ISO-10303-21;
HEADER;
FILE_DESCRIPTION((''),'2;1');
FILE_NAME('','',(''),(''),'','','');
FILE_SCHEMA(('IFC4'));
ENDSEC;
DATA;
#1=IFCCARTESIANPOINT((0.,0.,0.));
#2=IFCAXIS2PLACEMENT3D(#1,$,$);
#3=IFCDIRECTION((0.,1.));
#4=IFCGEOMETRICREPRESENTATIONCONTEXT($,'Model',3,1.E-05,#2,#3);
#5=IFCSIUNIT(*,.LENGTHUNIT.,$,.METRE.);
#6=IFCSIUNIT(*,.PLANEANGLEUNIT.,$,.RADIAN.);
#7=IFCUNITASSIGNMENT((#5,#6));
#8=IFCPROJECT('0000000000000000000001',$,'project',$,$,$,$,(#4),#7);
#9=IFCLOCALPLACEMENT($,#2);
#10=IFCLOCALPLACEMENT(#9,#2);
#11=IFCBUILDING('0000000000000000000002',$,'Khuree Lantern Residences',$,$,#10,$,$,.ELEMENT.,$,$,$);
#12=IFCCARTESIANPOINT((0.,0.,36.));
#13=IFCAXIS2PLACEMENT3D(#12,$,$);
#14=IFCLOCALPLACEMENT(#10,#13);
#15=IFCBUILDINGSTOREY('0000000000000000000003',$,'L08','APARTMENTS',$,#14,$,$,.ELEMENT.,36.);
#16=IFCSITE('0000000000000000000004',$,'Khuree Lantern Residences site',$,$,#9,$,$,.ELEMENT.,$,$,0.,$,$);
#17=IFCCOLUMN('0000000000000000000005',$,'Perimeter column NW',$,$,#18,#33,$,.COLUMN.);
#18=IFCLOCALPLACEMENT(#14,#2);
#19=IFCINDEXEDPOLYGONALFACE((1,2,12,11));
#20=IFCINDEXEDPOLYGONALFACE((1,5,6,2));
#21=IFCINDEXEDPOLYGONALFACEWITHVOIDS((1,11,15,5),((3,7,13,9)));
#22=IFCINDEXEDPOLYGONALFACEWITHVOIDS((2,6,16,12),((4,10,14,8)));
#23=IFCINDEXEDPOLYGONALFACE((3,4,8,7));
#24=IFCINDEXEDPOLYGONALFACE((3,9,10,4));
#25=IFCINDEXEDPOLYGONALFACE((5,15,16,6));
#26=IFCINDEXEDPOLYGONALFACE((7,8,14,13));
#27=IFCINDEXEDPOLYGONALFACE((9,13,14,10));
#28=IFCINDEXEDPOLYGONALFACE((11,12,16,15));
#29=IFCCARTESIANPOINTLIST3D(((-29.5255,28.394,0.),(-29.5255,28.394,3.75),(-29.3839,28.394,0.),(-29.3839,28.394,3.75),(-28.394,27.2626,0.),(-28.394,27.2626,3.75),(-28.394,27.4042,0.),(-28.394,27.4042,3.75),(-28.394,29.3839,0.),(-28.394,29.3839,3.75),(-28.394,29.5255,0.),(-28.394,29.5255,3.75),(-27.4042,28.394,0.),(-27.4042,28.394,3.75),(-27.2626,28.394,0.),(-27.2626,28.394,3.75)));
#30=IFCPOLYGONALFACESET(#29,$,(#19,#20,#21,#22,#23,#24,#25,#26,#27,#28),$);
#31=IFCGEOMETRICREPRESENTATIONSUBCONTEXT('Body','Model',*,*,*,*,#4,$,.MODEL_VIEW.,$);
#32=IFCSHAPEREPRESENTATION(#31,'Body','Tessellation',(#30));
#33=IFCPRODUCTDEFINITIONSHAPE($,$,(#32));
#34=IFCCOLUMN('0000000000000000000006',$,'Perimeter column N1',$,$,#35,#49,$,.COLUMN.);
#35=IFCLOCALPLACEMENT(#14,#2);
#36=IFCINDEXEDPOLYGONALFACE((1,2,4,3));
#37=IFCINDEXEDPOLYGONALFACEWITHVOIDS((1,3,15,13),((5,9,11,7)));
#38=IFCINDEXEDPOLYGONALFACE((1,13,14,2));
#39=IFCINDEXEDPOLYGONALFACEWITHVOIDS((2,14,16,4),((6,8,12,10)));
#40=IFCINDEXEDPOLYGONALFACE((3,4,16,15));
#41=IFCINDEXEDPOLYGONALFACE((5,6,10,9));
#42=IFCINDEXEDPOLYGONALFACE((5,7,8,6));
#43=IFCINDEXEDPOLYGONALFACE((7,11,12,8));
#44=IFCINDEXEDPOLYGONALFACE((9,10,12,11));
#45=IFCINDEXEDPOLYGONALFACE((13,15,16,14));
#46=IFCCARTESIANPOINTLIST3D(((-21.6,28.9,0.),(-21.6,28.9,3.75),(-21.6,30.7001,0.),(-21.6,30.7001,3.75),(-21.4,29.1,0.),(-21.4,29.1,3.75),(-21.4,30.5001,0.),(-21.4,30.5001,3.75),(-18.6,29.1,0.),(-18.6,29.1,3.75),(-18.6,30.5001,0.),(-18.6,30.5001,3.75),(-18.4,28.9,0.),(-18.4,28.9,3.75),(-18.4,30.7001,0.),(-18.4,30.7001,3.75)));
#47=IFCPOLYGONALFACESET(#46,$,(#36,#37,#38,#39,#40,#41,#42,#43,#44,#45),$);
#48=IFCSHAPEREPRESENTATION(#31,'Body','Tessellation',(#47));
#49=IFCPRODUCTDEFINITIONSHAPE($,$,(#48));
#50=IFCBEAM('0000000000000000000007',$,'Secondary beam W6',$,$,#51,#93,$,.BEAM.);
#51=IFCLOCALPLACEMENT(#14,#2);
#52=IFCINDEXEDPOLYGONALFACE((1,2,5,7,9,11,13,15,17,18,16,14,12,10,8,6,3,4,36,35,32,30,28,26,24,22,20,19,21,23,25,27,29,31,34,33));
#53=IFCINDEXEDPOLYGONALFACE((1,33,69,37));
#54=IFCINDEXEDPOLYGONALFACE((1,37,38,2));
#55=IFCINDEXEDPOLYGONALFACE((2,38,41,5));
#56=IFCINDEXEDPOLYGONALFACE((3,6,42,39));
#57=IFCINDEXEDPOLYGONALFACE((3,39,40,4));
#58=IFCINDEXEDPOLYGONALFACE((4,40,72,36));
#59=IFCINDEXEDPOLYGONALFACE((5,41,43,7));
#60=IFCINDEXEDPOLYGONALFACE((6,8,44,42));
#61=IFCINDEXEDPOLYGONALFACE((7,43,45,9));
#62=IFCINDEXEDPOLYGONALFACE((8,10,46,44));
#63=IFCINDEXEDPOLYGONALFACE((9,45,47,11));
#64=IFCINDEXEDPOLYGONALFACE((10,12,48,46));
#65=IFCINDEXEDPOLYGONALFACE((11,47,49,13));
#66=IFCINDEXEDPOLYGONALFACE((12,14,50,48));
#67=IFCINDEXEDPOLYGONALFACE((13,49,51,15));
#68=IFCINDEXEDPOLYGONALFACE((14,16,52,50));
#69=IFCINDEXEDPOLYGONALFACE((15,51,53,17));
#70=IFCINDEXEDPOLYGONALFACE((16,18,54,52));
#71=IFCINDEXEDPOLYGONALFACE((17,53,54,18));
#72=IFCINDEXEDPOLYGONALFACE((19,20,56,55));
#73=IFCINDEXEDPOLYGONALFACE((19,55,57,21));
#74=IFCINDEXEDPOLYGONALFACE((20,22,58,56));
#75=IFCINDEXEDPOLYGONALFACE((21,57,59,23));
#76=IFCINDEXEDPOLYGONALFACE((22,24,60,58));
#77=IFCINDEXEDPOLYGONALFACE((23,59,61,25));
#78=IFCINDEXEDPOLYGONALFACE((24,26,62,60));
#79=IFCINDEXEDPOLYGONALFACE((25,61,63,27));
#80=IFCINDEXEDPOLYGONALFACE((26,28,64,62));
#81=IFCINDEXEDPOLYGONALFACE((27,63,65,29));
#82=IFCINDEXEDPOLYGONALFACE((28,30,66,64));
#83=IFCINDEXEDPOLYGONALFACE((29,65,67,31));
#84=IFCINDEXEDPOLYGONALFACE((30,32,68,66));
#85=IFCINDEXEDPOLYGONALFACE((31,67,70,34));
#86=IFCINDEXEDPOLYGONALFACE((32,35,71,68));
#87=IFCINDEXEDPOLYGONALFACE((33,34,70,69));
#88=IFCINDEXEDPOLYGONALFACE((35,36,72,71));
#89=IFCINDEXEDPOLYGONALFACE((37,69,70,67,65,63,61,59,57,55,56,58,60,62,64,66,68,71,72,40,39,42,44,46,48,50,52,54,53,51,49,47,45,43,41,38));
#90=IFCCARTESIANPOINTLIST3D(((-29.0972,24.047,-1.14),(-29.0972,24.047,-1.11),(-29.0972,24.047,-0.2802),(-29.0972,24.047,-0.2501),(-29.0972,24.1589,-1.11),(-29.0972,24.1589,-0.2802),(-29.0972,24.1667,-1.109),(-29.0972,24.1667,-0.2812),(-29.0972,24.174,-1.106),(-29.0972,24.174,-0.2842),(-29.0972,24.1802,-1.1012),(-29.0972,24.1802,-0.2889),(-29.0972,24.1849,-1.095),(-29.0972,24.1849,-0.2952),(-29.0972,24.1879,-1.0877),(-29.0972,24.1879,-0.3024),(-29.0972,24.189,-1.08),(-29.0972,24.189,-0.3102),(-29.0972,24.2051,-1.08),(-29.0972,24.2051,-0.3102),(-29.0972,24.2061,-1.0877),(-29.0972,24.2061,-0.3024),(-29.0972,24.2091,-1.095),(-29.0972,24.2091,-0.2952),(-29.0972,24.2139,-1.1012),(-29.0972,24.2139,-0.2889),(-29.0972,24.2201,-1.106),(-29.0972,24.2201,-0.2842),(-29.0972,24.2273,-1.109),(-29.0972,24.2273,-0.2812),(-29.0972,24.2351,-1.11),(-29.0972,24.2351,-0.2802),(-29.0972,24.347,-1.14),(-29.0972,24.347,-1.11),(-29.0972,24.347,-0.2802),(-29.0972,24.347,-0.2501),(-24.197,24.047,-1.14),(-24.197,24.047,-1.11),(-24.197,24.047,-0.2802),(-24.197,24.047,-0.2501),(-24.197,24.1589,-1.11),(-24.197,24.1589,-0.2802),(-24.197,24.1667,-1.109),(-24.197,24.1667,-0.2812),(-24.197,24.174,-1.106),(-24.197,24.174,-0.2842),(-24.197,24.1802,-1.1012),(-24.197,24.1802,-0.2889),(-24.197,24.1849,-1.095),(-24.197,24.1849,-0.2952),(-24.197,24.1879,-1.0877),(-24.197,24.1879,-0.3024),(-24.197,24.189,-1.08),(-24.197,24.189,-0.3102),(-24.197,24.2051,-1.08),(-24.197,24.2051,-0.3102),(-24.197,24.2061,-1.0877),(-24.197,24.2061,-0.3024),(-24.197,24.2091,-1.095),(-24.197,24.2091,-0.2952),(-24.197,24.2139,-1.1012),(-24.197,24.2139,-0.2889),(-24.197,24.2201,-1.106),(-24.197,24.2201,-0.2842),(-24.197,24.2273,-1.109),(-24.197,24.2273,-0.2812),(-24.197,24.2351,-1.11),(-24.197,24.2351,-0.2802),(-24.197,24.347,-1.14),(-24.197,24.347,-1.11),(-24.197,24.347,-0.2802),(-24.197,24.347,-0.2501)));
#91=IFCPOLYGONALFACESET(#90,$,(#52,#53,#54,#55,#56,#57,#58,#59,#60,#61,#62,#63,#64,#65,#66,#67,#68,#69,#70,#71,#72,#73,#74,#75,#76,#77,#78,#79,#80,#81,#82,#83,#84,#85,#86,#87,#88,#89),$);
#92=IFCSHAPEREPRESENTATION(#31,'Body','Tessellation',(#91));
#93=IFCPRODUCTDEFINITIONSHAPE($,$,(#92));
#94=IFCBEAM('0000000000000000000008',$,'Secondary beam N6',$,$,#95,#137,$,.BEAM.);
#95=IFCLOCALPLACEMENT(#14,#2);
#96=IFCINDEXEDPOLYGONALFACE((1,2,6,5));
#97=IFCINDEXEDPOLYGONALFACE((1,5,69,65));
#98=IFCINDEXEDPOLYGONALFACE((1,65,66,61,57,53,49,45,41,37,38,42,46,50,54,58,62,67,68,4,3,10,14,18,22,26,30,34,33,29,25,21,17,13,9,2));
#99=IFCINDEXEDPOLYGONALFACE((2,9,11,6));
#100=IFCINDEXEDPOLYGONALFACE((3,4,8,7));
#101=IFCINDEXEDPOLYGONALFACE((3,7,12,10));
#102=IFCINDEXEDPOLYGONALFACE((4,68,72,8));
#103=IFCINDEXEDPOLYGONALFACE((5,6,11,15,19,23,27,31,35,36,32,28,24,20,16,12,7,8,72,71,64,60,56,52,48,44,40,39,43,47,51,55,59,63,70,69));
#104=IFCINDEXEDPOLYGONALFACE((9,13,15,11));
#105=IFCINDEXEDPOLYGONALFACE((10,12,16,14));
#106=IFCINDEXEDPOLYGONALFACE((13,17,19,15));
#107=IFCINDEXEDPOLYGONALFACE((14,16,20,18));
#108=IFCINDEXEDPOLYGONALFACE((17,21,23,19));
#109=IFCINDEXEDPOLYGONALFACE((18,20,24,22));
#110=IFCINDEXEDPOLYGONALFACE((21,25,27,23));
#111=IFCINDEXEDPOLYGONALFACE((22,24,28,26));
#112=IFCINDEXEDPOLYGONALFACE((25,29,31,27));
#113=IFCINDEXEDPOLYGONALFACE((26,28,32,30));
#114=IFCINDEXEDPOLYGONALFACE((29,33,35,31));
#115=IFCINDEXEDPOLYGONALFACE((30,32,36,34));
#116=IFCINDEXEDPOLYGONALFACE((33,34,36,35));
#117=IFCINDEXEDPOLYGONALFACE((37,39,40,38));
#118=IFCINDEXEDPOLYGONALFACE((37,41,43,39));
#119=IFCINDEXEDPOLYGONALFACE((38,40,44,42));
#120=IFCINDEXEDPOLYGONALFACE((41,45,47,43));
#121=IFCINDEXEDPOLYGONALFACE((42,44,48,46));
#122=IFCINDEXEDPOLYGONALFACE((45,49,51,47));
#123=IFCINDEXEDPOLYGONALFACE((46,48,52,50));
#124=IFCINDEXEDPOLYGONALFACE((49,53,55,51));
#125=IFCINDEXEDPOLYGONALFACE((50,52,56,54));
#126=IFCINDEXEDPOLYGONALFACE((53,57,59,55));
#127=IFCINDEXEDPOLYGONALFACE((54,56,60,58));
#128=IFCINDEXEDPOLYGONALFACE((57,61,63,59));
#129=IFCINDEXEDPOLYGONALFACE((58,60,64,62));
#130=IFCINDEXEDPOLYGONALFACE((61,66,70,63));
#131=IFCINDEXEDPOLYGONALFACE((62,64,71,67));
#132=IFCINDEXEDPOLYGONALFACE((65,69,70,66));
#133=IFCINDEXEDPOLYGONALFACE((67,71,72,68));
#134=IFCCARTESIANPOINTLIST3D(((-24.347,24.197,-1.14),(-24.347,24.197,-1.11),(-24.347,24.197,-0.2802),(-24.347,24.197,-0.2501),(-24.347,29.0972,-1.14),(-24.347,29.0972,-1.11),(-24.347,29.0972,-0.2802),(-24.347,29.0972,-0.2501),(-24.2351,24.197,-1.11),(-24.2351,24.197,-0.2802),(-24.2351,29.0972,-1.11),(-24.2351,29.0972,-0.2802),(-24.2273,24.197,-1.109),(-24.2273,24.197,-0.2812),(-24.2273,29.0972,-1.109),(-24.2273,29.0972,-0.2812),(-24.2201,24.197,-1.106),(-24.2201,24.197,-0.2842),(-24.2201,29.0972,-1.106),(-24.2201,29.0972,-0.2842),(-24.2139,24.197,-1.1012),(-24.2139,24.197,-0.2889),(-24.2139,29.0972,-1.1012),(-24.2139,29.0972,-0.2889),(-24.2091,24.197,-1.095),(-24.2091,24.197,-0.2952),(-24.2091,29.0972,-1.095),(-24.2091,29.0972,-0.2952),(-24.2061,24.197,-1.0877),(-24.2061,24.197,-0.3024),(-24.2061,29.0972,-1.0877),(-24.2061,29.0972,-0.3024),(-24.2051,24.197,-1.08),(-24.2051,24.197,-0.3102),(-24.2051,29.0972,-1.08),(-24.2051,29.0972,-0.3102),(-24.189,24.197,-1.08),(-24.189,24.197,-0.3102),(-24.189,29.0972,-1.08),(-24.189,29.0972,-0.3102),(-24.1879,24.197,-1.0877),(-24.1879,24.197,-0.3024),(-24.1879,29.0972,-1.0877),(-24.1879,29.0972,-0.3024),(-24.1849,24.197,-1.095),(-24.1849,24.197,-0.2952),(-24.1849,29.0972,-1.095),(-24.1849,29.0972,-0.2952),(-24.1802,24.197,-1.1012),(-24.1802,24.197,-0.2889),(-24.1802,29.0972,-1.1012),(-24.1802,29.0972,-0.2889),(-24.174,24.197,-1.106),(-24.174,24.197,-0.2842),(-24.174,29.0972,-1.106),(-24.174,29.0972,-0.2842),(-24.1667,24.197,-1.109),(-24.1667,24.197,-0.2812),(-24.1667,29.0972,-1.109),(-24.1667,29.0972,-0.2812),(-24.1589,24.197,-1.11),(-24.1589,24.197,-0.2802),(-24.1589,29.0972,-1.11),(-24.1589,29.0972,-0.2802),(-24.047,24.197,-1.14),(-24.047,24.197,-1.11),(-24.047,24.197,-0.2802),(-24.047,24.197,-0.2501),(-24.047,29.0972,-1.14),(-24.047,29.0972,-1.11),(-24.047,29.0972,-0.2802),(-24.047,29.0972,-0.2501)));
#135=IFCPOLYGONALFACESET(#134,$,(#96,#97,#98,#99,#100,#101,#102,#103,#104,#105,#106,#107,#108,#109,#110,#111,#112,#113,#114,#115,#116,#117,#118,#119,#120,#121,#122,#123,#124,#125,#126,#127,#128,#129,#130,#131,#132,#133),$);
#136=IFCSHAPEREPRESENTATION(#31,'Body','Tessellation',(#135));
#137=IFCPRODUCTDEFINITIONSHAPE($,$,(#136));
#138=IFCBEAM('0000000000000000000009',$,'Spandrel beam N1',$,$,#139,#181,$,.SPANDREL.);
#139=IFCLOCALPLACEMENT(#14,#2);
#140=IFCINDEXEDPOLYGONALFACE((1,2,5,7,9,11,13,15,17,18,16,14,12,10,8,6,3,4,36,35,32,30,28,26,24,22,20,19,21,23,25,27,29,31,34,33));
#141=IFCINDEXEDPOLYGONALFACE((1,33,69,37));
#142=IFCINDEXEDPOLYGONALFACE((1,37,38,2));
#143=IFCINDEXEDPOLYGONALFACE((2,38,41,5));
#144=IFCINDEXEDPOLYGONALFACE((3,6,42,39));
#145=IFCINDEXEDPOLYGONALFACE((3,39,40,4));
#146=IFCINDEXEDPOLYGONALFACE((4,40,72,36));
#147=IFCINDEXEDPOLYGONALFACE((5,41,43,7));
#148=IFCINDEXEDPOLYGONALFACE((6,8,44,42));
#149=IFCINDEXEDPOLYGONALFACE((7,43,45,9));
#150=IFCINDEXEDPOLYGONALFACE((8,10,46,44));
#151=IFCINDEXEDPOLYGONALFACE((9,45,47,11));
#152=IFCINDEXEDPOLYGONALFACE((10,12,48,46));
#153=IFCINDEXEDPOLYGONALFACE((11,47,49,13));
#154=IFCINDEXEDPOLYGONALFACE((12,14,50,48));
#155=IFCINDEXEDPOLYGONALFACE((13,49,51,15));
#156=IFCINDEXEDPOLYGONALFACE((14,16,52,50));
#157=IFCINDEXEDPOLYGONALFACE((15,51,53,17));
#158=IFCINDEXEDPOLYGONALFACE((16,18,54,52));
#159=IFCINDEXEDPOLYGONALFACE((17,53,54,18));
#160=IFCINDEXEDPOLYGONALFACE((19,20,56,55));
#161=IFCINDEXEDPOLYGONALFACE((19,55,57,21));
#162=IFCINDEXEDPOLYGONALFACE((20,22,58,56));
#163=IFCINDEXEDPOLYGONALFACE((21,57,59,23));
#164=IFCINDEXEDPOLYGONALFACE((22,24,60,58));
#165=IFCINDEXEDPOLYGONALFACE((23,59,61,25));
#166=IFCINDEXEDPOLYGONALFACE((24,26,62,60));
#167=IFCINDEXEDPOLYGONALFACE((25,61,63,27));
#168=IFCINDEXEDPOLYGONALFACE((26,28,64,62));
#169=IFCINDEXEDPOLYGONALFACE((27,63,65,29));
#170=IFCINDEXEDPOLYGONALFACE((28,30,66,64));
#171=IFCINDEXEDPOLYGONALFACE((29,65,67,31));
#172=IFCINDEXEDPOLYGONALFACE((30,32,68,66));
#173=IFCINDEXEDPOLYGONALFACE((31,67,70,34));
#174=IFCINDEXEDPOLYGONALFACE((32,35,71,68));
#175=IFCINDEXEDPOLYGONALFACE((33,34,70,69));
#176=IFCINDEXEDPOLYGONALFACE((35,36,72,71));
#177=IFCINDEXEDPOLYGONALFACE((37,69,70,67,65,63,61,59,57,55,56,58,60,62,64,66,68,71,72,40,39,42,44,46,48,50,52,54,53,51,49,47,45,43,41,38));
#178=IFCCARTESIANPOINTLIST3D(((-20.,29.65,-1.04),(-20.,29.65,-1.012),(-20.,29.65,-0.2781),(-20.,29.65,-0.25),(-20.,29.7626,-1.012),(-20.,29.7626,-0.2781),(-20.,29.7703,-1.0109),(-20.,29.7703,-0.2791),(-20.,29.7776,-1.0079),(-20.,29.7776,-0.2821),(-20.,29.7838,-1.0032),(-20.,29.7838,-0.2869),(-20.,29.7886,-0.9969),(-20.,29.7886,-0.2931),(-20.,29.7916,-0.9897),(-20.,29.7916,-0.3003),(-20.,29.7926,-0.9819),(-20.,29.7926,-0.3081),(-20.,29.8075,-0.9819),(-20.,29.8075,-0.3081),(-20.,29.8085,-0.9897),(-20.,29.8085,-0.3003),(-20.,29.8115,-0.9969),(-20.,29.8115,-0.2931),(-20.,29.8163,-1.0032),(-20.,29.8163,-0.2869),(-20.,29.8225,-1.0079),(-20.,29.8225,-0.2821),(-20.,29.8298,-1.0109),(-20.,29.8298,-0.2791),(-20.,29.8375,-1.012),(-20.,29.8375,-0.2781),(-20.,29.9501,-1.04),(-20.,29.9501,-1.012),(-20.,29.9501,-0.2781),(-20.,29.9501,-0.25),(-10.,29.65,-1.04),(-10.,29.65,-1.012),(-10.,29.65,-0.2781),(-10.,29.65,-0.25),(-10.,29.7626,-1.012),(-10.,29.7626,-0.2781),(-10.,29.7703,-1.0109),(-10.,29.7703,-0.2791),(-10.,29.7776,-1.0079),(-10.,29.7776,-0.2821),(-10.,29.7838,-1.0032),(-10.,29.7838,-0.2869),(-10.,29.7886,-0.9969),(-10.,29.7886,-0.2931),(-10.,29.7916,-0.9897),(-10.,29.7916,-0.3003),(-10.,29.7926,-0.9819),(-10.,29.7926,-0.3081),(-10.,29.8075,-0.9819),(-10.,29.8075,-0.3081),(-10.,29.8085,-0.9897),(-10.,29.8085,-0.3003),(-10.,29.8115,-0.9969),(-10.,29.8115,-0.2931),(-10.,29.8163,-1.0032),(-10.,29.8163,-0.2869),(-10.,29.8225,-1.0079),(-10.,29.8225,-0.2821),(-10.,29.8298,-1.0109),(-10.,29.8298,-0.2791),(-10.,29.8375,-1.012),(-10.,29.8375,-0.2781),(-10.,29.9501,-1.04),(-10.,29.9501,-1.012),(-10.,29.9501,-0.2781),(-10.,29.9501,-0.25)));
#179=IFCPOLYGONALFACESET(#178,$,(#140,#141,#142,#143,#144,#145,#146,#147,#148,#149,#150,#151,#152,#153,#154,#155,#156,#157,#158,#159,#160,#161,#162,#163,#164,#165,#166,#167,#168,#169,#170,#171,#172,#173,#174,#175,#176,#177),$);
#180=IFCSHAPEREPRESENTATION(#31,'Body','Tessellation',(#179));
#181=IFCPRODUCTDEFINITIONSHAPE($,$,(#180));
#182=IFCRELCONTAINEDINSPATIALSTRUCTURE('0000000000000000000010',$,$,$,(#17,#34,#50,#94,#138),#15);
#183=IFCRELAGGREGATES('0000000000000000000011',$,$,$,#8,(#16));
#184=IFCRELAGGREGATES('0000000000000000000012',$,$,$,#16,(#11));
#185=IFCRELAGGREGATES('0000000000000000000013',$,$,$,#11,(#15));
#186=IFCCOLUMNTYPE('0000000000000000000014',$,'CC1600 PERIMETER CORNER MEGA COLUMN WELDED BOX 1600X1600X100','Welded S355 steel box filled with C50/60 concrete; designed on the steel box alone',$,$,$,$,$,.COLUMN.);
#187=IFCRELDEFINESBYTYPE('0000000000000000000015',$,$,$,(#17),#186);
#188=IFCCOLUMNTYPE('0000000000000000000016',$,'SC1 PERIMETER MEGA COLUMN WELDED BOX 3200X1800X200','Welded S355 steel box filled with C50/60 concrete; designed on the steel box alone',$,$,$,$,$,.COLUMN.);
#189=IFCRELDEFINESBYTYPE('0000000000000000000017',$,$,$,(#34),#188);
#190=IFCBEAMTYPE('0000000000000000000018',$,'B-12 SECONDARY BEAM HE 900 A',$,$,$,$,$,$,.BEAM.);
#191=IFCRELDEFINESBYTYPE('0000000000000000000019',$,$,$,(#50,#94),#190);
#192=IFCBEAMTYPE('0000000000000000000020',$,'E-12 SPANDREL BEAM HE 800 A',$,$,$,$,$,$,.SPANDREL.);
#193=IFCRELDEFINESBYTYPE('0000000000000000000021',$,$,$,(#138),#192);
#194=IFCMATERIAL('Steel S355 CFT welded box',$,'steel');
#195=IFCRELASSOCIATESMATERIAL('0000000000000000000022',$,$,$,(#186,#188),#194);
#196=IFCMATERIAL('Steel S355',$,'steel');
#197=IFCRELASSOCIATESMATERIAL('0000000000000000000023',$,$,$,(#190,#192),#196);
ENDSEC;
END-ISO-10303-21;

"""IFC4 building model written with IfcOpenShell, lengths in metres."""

from ifc_helpers import new_model, si_unit, direction, frame, origin, origin_2d, place, context, subcontext, project, spatial, hollow_rectangle, i_section, extrude, material, material_profile, profile_set, type_object, element, save


model = new_model("IFC4")

# Units and contexts
model_context = context("Model", 3, precision=1e-05, world=origin(), true_north=direction((0.0, 1.0)))
body_context = subcontext(model_context, "Body", "Model", "MODEL_VIEW")
ifc_project = project(units=[si_unit("LENGTHUNIT", "METRE"), si_unit("PLANEANGLEUNIT", "RADIAN")], contexts=[model_context])

# Site, building, storey
site_placement = place(None, origin())
site = spatial("IfcSite", under=ifc_project, at=site_placement, Name="Khuree Lantern Residences site", CompositionType="ELEMENT", RefElevation=0.0)
building_placement = place(site_placement, origin())
building = spatial("IfcBuilding", under=site, at=building_placement, Name="Khuree Lantern Residences", CompositionType="ELEMENT")
storey_placement = place(building_placement, frame((0.0, 0.0, 36.0)))
storey = spatial("IfcBuildingStorey", under=building, at=storey_placement, Name="L08", Description="APARTMENTS", CompositionType="ELEMENT", Elevation=36.0)

# Columns
ifc_material_1 = material(Name="Steel S355 CFT welded box", Category="steel")
ifc_material_profile_1 = material_profile(ifc_material_1, hollow_rectangle(XDim=1.6001, YDim=1.6001, WallThickness=0.1001, at=origin_2d()), Name="WELDED BOX 1600X1600X100")
ifc_profile_set_1 = profile_set([ifc_material_profile_1], Name="Steel S355 CFT welded box")
column_type_1 = type_object("IfcColumnType", Name="CC1600 PERIMETER CORNER MEGA COLUMN WELDED BOX 1600X1600X100", Description="Welded S355 steel box filled with C50/60 concrete; designed on the steel box alone", PredefinedType="COLUMN", material=ifc_profile_set_1)
column_1_placement = place(storey_placement, frame((-28.394, 28.394, 0.0), z_axis=(0.0, 0.0, 1.0), x_axis=(0.707107, 0.707107, 0.0)))
element("IfcColumn", 1, at=column_1_placement, inside=storey, type_object=column_type_1, Name="Perimeter column NW", PredefinedType="COLUMN", context=body_context, shape_type="SweptSolid", body=[
    extrude(hollow_rectangle(XDim=1.6001, YDim=1.6001, WallThickness=0.1001, at=origin_2d()), origin(), (0.0, 0.0, 1.0), 3.75),
])
ifc_material_profile_2 = material_profile(ifc_material_1, hollow_rectangle(XDim=3.2, YDim=1.8, WallThickness=0.2, at=origin_2d()), Name="WELDED BOX 3200X1800X200")
ifc_profile_set_2 = profile_set([ifc_material_profile_2], Name="Steel S355 CFT welded box")
column_type_2 = type_object("IfcColumnType", Name="SC1 PERIMETER MEGA COLUMN WELDED BOX 3200X1800X200", Description="Welded S355 steel box filled with C50/60 concrete; designed on the steel box alone", PredefinedType="COLUMN", material=ifc_profile_set_2)
column_2_placement = place(storey_placement, frame((-20.0, 29.8, 0.0), z_axis=(0.0, 0.0, 1.0), x_axis=(1.0, 0.0, 0.0)))
element("IfcColumn", 2, at=column_2_placement, inside=storey, type_object=column_type_2, Name="Perimeter column N1", PredefinedType="COLUMN", context=body_context, shape_type="SweptSolid", body=[
    extrude(hollow_rectangle(XDim=3.2, YDim=1.8, WallThickness=0.2, at=origin_2d()), origin(), (0.0, 0.0, 1.0), 3.75),
])

# Beams
ifc_material_2 = material(Name="Steel S355", Category="steel")
ifc_material_profile_3 = material_profile(ifc_material_2, i_section(OverallWidth=0.3, OverallDepth=0.8899, WebThickness=0.0161, FlangeThickness=0.03, FilletRadius=0.03, at=origin_2d()), Name="HE 900 A")
ifc_profile_set_3 = profile_set([ifc_material_profile_3], Name="Steel S355")
beam_type_1 = type_object("IfcBeamType", Name="B-12 SECONDARY BEAM HE 900 A", PredefinedType="BEAM", material=ifc_profile_set_3)
for number, where, z_axis, x_axis, name in (
    (3, (-29.0972, 24.197, -0.6951), (1.0, 0.0, 0.0), (0.0, 1.0, 0.0), "Secondary beam W6"),
    (4, (-24.197, 29.0972, -0.6951), (0.0, -1.0, 0.0), (1.0, 0.0, 0.0), "Secondary beam N6"),
):
    element("IfcBeam", number, at=place(storey_placement, frame(where, z_axis=z_axis, x_axis=x_axis)), inside=storey, type_object=beam_type_1, Name=name, PredefinedType="BEAM", context=body_context, shape_type="SweptSolid", body=[
        extrude(i_section(OverallWidth=0.3, OverallDepth=0.8899, WebThickness=0.0161, FlangeThickness=0.03, FilletRadius=0.03, at=origin_2d()), origin(), (0.0, 0.0, 1.0), 4.9001),
    ])
ifc_material_profile_4 = material_profile(ifc_material_2, i_section(OverallWidth=0.3, OverallDepth=0.79, WebThickness=0.0149, FlangeThickness=0.0281, FilletRadius=0.03, at=origin_2d()), Name="HE 800 A")
ifc_profile_set_4 = profile_set([ifc_material_profile_4], Name="Steel S355")
beam_type_2 = type_object("IfcBeamType", Name="E-12 SPANDREL BEAM HE 800 A", PredefinedType="SPANDREL", material=ifc_profile_set_4)
beam_1_placement = place(storey_placement, frame((-20.0, 29.8, -0.645), z_axis=(1.0, 0.0, 0.0), x_axis=(0.0, 1.0, 0.0)))
element("IfcBeam", 5, at=beam_1_placement, inside=storey, type_object=beam_type_2, Name="Spandrel beam N1", PredefinedType="SPANDREL", context=body_context, shape_type="SweptSolid", body=[
    extrude(i_section(OverallWidth=0.3, OverallDepth=0.79, WebThickness=0.0149, FlangeThickness=0.0281, FilletRadius=0.03, at=origin_2d()), origin(), (0.0, 0.0, 1.0), 10.0),
])

save(model, "model.ifc")
